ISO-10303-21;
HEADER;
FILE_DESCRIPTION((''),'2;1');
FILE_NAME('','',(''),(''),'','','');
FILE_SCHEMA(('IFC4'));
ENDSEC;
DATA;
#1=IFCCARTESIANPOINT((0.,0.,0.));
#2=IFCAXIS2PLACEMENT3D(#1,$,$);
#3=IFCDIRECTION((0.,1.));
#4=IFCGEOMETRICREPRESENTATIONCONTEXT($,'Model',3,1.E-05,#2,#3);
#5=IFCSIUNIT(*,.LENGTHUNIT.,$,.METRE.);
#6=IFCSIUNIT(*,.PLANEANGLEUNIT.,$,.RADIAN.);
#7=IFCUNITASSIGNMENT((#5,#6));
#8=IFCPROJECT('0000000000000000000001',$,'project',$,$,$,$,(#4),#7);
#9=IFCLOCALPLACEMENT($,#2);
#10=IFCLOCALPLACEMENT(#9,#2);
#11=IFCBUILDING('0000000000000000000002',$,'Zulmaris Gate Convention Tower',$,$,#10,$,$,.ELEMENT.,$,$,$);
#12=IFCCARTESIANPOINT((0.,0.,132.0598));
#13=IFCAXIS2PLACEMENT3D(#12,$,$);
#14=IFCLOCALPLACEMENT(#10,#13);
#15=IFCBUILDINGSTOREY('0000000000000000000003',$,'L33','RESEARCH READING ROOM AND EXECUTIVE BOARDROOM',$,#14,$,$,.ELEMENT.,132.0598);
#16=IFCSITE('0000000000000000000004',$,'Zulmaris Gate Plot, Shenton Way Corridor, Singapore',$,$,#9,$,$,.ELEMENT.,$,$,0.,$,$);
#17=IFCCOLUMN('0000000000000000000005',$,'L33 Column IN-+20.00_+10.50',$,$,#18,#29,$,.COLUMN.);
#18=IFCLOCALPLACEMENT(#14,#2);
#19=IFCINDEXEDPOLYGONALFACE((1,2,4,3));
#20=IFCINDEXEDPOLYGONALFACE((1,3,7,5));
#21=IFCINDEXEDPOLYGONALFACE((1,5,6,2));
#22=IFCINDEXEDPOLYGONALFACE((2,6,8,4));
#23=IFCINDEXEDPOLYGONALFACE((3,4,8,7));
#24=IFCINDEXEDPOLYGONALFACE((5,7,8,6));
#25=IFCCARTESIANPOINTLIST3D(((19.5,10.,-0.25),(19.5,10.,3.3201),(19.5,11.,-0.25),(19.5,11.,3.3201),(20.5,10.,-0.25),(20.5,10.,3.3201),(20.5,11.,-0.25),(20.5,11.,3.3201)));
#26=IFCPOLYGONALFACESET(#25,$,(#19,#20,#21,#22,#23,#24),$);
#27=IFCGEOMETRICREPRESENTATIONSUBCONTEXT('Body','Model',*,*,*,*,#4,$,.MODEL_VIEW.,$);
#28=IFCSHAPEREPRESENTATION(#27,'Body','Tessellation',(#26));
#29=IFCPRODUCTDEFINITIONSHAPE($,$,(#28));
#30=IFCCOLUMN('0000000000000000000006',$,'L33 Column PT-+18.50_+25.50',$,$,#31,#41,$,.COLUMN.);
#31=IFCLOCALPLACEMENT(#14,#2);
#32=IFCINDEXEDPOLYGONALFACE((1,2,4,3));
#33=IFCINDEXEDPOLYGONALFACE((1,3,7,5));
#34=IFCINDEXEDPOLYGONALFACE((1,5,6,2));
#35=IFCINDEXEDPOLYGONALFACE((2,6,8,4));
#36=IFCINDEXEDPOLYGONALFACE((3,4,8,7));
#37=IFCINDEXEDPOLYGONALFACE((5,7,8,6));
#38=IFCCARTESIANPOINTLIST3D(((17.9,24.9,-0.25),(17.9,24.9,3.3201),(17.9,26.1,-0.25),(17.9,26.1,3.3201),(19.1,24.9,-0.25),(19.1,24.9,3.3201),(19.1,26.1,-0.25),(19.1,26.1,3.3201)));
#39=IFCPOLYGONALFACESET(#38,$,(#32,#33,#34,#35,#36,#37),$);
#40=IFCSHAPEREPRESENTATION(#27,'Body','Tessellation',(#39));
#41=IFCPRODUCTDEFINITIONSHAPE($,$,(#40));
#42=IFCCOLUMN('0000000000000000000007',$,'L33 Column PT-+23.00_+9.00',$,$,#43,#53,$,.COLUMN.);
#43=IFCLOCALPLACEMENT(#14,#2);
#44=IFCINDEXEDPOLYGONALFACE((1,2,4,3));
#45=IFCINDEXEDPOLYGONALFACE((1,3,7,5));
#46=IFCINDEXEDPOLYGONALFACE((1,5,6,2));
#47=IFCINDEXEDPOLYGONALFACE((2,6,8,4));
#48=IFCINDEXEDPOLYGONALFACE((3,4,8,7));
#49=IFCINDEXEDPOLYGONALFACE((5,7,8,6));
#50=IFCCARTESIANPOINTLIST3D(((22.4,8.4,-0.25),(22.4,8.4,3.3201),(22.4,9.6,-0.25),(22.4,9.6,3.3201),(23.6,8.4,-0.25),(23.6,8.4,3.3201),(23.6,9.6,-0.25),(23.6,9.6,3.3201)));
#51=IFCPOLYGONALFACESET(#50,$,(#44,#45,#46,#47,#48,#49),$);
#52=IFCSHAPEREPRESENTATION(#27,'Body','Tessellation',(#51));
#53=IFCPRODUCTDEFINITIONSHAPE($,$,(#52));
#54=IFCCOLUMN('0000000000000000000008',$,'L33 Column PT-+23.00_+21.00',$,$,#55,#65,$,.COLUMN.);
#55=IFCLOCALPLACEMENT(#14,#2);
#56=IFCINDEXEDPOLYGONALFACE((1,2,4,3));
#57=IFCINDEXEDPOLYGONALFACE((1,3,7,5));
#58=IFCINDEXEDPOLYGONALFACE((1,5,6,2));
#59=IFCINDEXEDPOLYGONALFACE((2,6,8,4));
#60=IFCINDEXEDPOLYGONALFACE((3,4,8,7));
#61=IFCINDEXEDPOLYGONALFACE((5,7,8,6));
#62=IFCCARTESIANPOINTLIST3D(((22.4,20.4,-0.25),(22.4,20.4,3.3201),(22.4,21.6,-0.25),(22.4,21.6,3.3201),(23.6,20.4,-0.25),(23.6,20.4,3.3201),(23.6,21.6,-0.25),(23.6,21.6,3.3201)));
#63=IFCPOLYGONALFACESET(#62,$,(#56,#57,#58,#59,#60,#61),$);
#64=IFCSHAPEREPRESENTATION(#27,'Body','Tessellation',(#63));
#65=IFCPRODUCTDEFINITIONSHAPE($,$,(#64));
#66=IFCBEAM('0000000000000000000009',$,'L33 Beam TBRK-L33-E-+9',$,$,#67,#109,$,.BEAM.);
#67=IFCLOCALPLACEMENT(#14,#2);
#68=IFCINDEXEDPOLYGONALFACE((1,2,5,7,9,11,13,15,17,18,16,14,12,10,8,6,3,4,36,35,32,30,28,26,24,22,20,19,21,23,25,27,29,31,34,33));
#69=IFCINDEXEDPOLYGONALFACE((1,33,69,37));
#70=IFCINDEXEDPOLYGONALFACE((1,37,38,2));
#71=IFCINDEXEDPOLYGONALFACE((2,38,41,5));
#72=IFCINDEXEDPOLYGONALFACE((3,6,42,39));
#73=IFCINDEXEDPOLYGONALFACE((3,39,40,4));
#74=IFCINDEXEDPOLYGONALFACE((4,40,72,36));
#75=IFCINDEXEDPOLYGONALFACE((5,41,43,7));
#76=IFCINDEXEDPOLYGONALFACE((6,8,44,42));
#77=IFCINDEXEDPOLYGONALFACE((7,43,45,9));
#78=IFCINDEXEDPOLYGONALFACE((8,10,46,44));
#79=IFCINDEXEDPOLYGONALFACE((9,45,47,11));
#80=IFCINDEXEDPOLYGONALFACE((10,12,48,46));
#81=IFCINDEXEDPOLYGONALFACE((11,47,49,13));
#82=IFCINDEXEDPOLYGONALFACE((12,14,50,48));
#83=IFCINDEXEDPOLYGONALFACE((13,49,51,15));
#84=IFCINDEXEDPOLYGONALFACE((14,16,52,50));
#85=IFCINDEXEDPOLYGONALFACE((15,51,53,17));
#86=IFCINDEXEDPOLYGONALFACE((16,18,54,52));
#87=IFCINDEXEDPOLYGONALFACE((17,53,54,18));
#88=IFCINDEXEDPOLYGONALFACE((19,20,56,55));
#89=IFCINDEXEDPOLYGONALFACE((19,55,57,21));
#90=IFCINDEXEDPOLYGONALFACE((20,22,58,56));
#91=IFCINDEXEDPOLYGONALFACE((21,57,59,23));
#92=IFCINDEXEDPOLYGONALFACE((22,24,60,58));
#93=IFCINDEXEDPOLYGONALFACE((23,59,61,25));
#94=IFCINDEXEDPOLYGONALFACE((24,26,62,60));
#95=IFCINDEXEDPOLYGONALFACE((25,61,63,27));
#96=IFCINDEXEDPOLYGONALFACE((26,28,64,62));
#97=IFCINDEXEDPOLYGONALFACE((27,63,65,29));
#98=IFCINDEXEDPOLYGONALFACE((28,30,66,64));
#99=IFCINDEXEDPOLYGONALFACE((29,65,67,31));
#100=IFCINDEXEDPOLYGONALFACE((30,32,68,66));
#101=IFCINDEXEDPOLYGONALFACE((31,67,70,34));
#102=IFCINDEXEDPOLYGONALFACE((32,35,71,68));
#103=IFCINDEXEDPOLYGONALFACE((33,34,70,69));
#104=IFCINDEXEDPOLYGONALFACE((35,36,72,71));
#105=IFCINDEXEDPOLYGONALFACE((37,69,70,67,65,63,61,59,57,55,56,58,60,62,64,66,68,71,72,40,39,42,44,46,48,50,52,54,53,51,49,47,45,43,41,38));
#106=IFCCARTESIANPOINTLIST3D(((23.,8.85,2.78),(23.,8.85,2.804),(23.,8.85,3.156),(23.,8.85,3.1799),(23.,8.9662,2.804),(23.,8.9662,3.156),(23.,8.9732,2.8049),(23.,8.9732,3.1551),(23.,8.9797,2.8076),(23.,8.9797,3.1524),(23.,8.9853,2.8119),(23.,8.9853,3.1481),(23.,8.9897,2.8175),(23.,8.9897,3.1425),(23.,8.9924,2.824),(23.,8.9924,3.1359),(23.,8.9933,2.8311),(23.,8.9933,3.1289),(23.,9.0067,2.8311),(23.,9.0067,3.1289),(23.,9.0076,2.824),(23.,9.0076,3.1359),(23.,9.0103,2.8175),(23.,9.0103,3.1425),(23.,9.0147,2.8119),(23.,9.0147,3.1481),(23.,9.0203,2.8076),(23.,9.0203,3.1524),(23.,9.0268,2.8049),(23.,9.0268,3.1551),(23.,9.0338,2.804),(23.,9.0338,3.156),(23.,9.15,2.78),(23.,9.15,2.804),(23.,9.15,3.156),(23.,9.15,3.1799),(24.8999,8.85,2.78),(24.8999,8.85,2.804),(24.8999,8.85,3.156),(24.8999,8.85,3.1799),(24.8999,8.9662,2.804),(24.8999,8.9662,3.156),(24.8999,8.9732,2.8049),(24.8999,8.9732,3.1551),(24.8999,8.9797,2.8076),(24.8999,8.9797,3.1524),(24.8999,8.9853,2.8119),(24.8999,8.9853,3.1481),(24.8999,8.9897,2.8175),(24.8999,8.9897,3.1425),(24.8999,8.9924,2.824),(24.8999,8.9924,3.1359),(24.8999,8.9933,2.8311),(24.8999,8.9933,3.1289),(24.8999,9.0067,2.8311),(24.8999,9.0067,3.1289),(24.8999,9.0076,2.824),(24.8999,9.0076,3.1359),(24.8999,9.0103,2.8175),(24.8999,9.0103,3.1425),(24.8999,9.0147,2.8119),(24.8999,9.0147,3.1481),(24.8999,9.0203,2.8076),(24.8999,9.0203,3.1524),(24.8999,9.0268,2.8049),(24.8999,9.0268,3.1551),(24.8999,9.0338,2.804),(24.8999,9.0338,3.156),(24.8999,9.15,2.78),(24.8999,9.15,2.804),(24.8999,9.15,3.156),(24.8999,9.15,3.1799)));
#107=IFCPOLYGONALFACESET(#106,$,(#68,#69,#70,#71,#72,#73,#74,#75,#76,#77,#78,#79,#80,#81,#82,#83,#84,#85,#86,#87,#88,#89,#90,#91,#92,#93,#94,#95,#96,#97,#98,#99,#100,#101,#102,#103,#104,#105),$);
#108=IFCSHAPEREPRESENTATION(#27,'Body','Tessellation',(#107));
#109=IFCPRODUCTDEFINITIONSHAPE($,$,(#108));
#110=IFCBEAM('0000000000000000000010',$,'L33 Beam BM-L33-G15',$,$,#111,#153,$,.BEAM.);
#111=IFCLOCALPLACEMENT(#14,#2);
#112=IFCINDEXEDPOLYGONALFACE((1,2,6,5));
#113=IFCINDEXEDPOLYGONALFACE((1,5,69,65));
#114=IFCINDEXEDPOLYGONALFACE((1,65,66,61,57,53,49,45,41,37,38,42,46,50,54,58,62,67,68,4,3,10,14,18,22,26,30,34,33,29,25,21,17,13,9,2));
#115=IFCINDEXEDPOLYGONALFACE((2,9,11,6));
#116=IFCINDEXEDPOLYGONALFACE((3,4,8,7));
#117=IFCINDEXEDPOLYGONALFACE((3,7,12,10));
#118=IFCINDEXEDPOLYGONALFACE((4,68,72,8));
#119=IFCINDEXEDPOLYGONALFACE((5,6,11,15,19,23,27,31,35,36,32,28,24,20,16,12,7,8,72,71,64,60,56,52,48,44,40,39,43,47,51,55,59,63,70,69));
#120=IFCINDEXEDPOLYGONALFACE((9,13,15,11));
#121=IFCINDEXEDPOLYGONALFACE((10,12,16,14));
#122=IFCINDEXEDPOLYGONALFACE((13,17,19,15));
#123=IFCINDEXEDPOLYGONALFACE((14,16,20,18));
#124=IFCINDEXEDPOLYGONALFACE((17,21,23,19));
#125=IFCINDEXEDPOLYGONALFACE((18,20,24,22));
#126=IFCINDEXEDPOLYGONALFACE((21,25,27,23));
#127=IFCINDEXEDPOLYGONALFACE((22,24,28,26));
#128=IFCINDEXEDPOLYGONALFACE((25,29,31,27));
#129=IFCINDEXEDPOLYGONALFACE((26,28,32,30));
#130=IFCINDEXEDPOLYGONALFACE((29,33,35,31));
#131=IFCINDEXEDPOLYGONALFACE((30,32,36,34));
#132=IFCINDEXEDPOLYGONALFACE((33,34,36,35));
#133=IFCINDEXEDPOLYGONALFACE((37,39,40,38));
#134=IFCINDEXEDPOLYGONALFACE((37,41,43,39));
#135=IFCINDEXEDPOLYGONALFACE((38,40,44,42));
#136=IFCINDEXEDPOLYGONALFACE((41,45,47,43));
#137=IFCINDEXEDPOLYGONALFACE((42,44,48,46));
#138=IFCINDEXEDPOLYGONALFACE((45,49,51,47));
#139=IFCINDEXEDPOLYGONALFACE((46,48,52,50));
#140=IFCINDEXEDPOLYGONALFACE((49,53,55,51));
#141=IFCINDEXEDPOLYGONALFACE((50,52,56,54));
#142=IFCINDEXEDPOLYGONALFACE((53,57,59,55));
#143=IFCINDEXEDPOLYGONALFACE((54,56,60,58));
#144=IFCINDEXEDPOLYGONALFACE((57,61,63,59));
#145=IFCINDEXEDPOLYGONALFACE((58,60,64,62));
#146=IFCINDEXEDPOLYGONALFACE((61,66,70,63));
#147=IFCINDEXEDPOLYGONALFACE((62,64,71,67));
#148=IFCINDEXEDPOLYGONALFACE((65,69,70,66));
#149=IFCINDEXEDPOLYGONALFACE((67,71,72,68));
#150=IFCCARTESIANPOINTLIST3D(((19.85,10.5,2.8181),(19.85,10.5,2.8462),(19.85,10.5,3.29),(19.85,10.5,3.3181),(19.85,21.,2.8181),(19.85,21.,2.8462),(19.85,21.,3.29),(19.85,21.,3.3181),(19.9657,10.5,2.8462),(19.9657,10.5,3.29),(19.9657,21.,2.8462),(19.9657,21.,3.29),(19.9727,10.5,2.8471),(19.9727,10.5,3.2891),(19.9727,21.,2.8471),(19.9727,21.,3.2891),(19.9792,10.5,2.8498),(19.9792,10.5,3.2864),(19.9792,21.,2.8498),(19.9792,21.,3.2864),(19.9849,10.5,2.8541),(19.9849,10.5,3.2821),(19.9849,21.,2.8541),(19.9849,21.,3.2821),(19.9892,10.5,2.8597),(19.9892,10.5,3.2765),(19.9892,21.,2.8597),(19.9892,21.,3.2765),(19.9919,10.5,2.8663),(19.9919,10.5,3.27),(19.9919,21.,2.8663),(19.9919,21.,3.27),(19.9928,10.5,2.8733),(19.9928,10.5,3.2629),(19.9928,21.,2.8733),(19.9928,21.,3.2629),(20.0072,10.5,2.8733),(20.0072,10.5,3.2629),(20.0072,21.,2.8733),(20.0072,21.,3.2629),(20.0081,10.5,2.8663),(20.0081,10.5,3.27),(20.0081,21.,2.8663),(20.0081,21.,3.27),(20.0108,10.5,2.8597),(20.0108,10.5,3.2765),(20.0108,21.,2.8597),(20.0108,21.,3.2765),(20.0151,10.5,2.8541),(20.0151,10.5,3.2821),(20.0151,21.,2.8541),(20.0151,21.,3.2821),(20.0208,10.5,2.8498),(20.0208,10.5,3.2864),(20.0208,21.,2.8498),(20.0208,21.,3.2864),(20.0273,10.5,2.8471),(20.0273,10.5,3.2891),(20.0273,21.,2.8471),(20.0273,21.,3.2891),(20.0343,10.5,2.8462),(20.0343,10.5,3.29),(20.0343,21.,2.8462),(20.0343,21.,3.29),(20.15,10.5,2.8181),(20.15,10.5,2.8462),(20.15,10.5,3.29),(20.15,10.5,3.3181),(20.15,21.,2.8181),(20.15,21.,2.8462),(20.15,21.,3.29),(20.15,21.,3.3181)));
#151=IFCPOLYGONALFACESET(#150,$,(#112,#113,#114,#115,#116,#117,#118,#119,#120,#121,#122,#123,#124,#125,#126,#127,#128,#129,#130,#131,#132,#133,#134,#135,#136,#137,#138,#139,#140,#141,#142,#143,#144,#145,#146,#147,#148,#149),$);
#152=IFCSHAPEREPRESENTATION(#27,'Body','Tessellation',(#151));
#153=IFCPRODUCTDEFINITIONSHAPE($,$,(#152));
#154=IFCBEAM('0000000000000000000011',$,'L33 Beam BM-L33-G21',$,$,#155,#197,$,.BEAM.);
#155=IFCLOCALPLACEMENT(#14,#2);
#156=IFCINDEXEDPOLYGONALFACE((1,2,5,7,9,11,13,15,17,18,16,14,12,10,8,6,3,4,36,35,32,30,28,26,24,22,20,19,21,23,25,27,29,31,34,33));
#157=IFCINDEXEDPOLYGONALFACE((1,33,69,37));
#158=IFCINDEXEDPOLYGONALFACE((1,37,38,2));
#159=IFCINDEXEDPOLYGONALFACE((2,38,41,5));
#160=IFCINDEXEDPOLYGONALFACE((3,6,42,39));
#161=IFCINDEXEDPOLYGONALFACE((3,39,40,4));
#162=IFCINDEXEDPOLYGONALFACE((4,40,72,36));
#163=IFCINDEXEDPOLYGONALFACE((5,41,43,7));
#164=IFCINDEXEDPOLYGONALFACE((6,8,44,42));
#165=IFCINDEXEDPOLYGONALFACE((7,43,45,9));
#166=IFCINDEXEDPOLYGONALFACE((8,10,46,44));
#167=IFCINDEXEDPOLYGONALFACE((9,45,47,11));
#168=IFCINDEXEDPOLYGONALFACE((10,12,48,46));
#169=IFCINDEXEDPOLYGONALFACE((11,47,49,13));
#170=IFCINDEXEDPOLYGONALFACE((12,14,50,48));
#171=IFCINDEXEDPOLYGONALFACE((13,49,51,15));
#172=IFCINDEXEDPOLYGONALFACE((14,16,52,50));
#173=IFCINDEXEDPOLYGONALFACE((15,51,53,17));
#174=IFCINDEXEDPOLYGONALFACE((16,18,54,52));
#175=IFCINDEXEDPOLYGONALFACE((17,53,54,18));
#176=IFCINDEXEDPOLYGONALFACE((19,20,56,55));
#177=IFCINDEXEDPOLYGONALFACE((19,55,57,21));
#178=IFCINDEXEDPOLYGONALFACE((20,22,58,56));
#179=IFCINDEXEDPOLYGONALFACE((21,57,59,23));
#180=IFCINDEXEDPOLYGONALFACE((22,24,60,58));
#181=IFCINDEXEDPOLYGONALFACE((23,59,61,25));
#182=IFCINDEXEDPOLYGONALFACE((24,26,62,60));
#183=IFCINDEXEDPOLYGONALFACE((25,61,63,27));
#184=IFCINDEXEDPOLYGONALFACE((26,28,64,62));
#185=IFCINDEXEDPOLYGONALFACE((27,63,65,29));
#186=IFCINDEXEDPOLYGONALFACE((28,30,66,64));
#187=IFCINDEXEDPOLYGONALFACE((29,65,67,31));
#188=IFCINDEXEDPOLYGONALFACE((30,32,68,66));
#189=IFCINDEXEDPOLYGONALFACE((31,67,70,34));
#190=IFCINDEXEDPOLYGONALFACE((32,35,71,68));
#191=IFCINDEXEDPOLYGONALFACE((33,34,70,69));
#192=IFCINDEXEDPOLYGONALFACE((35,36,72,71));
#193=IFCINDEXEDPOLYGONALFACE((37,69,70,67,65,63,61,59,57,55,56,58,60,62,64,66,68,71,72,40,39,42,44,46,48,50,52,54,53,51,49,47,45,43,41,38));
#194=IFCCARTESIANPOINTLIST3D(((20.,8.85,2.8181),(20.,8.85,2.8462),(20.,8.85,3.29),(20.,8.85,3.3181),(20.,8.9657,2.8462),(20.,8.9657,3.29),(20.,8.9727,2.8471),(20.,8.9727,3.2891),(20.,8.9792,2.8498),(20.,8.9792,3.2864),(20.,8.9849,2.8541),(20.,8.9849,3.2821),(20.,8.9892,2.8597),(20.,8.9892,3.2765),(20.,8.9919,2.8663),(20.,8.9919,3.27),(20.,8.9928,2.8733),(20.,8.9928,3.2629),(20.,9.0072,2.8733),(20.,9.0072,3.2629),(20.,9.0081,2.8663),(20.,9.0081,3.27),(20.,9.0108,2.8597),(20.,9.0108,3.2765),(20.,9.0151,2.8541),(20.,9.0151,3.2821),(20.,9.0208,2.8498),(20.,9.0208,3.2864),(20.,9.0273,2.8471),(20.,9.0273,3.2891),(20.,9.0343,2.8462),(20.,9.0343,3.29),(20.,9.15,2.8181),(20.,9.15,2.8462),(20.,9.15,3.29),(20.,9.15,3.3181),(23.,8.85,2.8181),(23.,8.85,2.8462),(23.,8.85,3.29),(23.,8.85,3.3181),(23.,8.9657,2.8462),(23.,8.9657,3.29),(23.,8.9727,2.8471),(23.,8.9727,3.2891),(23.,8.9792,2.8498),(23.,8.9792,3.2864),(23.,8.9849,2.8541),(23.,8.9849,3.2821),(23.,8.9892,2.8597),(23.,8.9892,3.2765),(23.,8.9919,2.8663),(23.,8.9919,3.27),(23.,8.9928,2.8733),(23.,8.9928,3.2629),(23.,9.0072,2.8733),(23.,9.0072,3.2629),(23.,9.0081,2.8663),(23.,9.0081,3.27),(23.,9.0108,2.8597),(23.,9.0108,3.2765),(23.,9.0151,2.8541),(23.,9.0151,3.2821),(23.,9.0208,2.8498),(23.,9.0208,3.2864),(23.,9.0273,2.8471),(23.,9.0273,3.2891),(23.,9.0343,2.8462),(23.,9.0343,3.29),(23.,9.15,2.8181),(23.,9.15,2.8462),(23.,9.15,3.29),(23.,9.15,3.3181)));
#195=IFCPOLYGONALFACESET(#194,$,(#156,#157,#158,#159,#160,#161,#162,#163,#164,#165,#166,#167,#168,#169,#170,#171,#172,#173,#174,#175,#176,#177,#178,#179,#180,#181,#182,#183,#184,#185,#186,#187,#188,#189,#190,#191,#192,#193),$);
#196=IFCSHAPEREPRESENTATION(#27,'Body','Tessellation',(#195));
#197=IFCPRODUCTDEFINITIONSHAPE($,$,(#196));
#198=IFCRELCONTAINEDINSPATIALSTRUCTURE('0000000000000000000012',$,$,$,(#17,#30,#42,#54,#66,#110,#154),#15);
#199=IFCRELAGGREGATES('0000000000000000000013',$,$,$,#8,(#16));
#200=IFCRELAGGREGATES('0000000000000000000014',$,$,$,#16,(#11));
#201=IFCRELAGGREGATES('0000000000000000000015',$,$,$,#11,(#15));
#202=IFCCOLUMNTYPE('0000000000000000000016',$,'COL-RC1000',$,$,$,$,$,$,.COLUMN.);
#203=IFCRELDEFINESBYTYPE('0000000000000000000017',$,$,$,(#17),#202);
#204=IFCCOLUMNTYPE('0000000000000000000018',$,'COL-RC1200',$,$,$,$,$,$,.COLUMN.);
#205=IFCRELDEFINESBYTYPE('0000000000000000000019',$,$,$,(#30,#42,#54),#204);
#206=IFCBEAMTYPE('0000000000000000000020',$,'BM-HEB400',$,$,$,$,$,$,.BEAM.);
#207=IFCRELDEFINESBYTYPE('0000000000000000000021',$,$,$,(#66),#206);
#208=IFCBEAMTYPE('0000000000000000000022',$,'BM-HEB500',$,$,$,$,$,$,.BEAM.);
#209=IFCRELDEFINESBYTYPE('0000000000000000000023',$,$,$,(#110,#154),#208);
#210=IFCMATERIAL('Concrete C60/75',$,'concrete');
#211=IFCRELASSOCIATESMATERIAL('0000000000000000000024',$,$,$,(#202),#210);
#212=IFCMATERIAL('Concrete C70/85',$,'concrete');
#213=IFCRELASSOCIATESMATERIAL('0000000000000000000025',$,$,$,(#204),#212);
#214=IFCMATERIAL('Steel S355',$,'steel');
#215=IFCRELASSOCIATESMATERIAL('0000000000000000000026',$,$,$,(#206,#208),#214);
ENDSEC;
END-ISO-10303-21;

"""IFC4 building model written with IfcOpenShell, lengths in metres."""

from ifc_helpers import new_model, si_unit, direction, frame, origin, origin_2d, place, context, subcontext, project, spatial, rectangle, i_section, extrude, material, material_profile, profile_set, type_object, element, save


model = new_model("IFC4")

# Units and contexts
model_context = context("Model", 3, precision=1e-05, world=origin(), true_north=direction((0.0, 1.0)))
body_context = subcontext(model_context, "Body", "Model", "MODEL_VIEW")
ifc_project = project(units=[si_unit("LENGTHUNIT", "METRE"), si_unit("PLANEANGLEUNIT", "RADIAN")], contexts=[model_context])

# Site, building, storey
site_placement = place(None, origin())
site = spatial("IfcSite", under=ifc_project, at=site_placement, Name="Zulmaris Gate Plot, Shenton Way Corridor, Singapore", CompositionType="ELEMENT", RefElevation=0.0)
building_placement = place(site_placement, origin())
building = spatial("IfcBuilding", under=site, at=building_placement, Name="Zulmaris Gate Convention Tower", CompositionType="ELEMENT")
storey_placement = place(building_placement, frame((0.0, 0.0, 132.0598)))
storey = spatial("IfcBuildingStorey", under=building, at=storey_placement, Name="L33", Description="RESEARCH READING ROOM AND EXECUTIVE BOARDROOM", CompositionType="ELEMENT", Elevation=132.0598)

# Columns
ifc_material_1 = material(Name="Concrete C60/75", Category="concrete")
ifc_material_profile_1 = material_profile(ifc_material_1, rectangle(XDim=1.0, YDim=1.0, at=origin_2d()), Name="RC COL 1000x1000")
ifc_profile_set_1 = profile_set([ifc_material_profile_1], Name="Concrete C60/75")
column_type_1 = type_object("IfcColumnType", Name="COL-RC1000", PredefinedType="COLUMN", material=ifc_profile_set_1)
column_placement = place(storey_placement, frame((20.0, 10.5, -0.25), z_axis=(0.0, 0.0, 1.0), x_axis=(1.0, 0.0, 0.0)))
element("IfcColumn", 1, at=column_placement, inside=storey, type_object=column_type_1, Name="L33 Column IN-+20.00_+10.50", PredefinedType="COLUMN", context=body_context, shape_type="SweptSolid", body=[
    extrude(rectangle(XDim=1.0, YDim=1.0, at=origin_2d()), origin(), (0.0, 0.0, 1.0), 3.5701),
])
ifc_material_2 = material(Name="Concrete C70/85", Category="concrete")
ifc_material_profile_2 = material_profile(ifc_material_2, rectangle(XDim=1.2, YDim=1.2, at=origin_2d()), Name="RC COL 1200x1200")
ifc_profile_set_2 = profile_set([ifc_material_profile_2], Name="Concrete C70/85")
column_type_2 = type_object("IfcColumnType", Name="COL-RC1200", PredefinedType="COLUMN", material=ifc_profile_set_2)
for number, where, z_axis, x_axis, name in (
    (2, (18.5, 25.5, -0.25), (0.0, 0.0, 1.0), (1.0, 0.0, 0.0), "L33 Column PT-+18.50_+25.50"),
    (3, (23.0, 9.0, -0.25), (0.0, 0.0, 1.0), (1.0, 0.0, 0.0), "L33 Column PT-+23.00_+9.00"),
    (4, (23.0, 21.0, -0.25), (0.0, 0.0, 1.0), (1.0, 0.0, 0.0), "L33 Column PT-+23.00_+21.00"),
):
    element("IfcColumn", number, at=place(storey_placement, frame(where, z_axis=z_axis, x_axis=x_axis)), inside=storey, type_object=column_type_2, Name=name, PredefinedType="COLUMN", context=body_context, shape_type="SweptSolid", body=[
        extrude(rectangle(XDim=1.2, YDim=1.2, at=origin_2d()), origin(), (0.0, 0.0, 1.0), 3.5701),
    ])

# Beams
ifc_material_3 = material(Name="Steel S355", Category="steel")
ifc_material_profile_3 = material_profile(ifc_material_3, i_section(OverallWidth=0.3, OverallDepth=0.3999, WebThickness=0.0134, FlangeThickness=0.0239, FilletRadius=0.0271, at=origin_2d()), Name="HEB 400")
ifc_profile_set_3 = profile_set([ifc_material_profile_3], Name="Steel S355")
beam_type_1 = type_object("IfcBeamType", Name="BM-HEB400", PredefinedType="BEAM", material=ifc_profile_set_3)
beam_1_placement = place(storey_placement, frame((23.0, 9.0, 2.98), z_axis=(1.0, 0.0, 0.0), x_axis=(0.0, 1.0, 0.0)))
element("IfcBeam", 5, at=beam_1_placement, inside=storey, type_object=beam_type_1, Name="L33 Beam TBRK-L33-E-+9", PredefinedType="BEAM", context=body_context, shape_type="SweptSolid", body=[
    extrude(i_section(OverallWidth=0.3, OverallDepth=0.3999, WebThickness=0.0134, FlangeThickness=0.0239, FilletRadius=0.0271, at=origin_2d()), origin(), (0.0, 0.0, 1.0), 1.8999),
])
ifc_material_profile_4 = material_profile(ifc_material_3, i_section(OverallWidth=0.3, OverallDepth=0.5, WebThickness=0.0144, FlangeThickness=0.0281, FilletRadius=0.0271, at=origin_2d()), Name="HEB 500")
ifc_profile_set_4 = profile_set([ifc_material_profile_4], Name="Steel S355")
beam_type_2 = type_object("IfcBeamType", Name="BM-HEB500", PredefinedType="BEAM", material=ifc_profile_set_4)
beam_2_placement = place(storey_placement, frame((20.0, 10.5, 3.0681), z_axis=(0.0, 1.0, 0.0), x_axis=(-1.0, 0.0, 0.0)))
element("IfcBeam", 6, at=beam_2_placement, inside=storey, type_object=beam_type_2, Name="L33 Beam BM-L33-G15", PredefinedType="BEAM", context=body_context, shape_type="SweptSolid", body=[
    extrude(i_section(OverallWidth=0.3, OverallDepth=0.5, WebThickness=0.0144, FlangeThickness=0.0281, FilletRadius=0.0271, at=origin_2d()), origin(), (0.0, 0.0, 1.0), 10.5),
])
beam_3_placement = place(storey_placement, frame((20.0, 9.0, 3.0681), z_axis=(1.0, 0.0, 0.0), x_axis=(0.0, 1.0, 0.0)))
element("IfcBeam", 7, at=beam_3_placement, inside=storey, type_object=beam_type_2, Name="L33 Beam BM-L33-G21", PredefinedType="BEAM", context=body_context, shape_type="SweptSolid", body=[
    extrude(i_section(OverallWidth=0.3, OverallDepth=0.5, WebThickness=0.0144, FlangeThickness=0.0281, FilletRadius=0.0271, at=origin_2d()), origin(), (0.0, 0.0, 1.0), 3.0),
])

save(model, "model.ifc")
